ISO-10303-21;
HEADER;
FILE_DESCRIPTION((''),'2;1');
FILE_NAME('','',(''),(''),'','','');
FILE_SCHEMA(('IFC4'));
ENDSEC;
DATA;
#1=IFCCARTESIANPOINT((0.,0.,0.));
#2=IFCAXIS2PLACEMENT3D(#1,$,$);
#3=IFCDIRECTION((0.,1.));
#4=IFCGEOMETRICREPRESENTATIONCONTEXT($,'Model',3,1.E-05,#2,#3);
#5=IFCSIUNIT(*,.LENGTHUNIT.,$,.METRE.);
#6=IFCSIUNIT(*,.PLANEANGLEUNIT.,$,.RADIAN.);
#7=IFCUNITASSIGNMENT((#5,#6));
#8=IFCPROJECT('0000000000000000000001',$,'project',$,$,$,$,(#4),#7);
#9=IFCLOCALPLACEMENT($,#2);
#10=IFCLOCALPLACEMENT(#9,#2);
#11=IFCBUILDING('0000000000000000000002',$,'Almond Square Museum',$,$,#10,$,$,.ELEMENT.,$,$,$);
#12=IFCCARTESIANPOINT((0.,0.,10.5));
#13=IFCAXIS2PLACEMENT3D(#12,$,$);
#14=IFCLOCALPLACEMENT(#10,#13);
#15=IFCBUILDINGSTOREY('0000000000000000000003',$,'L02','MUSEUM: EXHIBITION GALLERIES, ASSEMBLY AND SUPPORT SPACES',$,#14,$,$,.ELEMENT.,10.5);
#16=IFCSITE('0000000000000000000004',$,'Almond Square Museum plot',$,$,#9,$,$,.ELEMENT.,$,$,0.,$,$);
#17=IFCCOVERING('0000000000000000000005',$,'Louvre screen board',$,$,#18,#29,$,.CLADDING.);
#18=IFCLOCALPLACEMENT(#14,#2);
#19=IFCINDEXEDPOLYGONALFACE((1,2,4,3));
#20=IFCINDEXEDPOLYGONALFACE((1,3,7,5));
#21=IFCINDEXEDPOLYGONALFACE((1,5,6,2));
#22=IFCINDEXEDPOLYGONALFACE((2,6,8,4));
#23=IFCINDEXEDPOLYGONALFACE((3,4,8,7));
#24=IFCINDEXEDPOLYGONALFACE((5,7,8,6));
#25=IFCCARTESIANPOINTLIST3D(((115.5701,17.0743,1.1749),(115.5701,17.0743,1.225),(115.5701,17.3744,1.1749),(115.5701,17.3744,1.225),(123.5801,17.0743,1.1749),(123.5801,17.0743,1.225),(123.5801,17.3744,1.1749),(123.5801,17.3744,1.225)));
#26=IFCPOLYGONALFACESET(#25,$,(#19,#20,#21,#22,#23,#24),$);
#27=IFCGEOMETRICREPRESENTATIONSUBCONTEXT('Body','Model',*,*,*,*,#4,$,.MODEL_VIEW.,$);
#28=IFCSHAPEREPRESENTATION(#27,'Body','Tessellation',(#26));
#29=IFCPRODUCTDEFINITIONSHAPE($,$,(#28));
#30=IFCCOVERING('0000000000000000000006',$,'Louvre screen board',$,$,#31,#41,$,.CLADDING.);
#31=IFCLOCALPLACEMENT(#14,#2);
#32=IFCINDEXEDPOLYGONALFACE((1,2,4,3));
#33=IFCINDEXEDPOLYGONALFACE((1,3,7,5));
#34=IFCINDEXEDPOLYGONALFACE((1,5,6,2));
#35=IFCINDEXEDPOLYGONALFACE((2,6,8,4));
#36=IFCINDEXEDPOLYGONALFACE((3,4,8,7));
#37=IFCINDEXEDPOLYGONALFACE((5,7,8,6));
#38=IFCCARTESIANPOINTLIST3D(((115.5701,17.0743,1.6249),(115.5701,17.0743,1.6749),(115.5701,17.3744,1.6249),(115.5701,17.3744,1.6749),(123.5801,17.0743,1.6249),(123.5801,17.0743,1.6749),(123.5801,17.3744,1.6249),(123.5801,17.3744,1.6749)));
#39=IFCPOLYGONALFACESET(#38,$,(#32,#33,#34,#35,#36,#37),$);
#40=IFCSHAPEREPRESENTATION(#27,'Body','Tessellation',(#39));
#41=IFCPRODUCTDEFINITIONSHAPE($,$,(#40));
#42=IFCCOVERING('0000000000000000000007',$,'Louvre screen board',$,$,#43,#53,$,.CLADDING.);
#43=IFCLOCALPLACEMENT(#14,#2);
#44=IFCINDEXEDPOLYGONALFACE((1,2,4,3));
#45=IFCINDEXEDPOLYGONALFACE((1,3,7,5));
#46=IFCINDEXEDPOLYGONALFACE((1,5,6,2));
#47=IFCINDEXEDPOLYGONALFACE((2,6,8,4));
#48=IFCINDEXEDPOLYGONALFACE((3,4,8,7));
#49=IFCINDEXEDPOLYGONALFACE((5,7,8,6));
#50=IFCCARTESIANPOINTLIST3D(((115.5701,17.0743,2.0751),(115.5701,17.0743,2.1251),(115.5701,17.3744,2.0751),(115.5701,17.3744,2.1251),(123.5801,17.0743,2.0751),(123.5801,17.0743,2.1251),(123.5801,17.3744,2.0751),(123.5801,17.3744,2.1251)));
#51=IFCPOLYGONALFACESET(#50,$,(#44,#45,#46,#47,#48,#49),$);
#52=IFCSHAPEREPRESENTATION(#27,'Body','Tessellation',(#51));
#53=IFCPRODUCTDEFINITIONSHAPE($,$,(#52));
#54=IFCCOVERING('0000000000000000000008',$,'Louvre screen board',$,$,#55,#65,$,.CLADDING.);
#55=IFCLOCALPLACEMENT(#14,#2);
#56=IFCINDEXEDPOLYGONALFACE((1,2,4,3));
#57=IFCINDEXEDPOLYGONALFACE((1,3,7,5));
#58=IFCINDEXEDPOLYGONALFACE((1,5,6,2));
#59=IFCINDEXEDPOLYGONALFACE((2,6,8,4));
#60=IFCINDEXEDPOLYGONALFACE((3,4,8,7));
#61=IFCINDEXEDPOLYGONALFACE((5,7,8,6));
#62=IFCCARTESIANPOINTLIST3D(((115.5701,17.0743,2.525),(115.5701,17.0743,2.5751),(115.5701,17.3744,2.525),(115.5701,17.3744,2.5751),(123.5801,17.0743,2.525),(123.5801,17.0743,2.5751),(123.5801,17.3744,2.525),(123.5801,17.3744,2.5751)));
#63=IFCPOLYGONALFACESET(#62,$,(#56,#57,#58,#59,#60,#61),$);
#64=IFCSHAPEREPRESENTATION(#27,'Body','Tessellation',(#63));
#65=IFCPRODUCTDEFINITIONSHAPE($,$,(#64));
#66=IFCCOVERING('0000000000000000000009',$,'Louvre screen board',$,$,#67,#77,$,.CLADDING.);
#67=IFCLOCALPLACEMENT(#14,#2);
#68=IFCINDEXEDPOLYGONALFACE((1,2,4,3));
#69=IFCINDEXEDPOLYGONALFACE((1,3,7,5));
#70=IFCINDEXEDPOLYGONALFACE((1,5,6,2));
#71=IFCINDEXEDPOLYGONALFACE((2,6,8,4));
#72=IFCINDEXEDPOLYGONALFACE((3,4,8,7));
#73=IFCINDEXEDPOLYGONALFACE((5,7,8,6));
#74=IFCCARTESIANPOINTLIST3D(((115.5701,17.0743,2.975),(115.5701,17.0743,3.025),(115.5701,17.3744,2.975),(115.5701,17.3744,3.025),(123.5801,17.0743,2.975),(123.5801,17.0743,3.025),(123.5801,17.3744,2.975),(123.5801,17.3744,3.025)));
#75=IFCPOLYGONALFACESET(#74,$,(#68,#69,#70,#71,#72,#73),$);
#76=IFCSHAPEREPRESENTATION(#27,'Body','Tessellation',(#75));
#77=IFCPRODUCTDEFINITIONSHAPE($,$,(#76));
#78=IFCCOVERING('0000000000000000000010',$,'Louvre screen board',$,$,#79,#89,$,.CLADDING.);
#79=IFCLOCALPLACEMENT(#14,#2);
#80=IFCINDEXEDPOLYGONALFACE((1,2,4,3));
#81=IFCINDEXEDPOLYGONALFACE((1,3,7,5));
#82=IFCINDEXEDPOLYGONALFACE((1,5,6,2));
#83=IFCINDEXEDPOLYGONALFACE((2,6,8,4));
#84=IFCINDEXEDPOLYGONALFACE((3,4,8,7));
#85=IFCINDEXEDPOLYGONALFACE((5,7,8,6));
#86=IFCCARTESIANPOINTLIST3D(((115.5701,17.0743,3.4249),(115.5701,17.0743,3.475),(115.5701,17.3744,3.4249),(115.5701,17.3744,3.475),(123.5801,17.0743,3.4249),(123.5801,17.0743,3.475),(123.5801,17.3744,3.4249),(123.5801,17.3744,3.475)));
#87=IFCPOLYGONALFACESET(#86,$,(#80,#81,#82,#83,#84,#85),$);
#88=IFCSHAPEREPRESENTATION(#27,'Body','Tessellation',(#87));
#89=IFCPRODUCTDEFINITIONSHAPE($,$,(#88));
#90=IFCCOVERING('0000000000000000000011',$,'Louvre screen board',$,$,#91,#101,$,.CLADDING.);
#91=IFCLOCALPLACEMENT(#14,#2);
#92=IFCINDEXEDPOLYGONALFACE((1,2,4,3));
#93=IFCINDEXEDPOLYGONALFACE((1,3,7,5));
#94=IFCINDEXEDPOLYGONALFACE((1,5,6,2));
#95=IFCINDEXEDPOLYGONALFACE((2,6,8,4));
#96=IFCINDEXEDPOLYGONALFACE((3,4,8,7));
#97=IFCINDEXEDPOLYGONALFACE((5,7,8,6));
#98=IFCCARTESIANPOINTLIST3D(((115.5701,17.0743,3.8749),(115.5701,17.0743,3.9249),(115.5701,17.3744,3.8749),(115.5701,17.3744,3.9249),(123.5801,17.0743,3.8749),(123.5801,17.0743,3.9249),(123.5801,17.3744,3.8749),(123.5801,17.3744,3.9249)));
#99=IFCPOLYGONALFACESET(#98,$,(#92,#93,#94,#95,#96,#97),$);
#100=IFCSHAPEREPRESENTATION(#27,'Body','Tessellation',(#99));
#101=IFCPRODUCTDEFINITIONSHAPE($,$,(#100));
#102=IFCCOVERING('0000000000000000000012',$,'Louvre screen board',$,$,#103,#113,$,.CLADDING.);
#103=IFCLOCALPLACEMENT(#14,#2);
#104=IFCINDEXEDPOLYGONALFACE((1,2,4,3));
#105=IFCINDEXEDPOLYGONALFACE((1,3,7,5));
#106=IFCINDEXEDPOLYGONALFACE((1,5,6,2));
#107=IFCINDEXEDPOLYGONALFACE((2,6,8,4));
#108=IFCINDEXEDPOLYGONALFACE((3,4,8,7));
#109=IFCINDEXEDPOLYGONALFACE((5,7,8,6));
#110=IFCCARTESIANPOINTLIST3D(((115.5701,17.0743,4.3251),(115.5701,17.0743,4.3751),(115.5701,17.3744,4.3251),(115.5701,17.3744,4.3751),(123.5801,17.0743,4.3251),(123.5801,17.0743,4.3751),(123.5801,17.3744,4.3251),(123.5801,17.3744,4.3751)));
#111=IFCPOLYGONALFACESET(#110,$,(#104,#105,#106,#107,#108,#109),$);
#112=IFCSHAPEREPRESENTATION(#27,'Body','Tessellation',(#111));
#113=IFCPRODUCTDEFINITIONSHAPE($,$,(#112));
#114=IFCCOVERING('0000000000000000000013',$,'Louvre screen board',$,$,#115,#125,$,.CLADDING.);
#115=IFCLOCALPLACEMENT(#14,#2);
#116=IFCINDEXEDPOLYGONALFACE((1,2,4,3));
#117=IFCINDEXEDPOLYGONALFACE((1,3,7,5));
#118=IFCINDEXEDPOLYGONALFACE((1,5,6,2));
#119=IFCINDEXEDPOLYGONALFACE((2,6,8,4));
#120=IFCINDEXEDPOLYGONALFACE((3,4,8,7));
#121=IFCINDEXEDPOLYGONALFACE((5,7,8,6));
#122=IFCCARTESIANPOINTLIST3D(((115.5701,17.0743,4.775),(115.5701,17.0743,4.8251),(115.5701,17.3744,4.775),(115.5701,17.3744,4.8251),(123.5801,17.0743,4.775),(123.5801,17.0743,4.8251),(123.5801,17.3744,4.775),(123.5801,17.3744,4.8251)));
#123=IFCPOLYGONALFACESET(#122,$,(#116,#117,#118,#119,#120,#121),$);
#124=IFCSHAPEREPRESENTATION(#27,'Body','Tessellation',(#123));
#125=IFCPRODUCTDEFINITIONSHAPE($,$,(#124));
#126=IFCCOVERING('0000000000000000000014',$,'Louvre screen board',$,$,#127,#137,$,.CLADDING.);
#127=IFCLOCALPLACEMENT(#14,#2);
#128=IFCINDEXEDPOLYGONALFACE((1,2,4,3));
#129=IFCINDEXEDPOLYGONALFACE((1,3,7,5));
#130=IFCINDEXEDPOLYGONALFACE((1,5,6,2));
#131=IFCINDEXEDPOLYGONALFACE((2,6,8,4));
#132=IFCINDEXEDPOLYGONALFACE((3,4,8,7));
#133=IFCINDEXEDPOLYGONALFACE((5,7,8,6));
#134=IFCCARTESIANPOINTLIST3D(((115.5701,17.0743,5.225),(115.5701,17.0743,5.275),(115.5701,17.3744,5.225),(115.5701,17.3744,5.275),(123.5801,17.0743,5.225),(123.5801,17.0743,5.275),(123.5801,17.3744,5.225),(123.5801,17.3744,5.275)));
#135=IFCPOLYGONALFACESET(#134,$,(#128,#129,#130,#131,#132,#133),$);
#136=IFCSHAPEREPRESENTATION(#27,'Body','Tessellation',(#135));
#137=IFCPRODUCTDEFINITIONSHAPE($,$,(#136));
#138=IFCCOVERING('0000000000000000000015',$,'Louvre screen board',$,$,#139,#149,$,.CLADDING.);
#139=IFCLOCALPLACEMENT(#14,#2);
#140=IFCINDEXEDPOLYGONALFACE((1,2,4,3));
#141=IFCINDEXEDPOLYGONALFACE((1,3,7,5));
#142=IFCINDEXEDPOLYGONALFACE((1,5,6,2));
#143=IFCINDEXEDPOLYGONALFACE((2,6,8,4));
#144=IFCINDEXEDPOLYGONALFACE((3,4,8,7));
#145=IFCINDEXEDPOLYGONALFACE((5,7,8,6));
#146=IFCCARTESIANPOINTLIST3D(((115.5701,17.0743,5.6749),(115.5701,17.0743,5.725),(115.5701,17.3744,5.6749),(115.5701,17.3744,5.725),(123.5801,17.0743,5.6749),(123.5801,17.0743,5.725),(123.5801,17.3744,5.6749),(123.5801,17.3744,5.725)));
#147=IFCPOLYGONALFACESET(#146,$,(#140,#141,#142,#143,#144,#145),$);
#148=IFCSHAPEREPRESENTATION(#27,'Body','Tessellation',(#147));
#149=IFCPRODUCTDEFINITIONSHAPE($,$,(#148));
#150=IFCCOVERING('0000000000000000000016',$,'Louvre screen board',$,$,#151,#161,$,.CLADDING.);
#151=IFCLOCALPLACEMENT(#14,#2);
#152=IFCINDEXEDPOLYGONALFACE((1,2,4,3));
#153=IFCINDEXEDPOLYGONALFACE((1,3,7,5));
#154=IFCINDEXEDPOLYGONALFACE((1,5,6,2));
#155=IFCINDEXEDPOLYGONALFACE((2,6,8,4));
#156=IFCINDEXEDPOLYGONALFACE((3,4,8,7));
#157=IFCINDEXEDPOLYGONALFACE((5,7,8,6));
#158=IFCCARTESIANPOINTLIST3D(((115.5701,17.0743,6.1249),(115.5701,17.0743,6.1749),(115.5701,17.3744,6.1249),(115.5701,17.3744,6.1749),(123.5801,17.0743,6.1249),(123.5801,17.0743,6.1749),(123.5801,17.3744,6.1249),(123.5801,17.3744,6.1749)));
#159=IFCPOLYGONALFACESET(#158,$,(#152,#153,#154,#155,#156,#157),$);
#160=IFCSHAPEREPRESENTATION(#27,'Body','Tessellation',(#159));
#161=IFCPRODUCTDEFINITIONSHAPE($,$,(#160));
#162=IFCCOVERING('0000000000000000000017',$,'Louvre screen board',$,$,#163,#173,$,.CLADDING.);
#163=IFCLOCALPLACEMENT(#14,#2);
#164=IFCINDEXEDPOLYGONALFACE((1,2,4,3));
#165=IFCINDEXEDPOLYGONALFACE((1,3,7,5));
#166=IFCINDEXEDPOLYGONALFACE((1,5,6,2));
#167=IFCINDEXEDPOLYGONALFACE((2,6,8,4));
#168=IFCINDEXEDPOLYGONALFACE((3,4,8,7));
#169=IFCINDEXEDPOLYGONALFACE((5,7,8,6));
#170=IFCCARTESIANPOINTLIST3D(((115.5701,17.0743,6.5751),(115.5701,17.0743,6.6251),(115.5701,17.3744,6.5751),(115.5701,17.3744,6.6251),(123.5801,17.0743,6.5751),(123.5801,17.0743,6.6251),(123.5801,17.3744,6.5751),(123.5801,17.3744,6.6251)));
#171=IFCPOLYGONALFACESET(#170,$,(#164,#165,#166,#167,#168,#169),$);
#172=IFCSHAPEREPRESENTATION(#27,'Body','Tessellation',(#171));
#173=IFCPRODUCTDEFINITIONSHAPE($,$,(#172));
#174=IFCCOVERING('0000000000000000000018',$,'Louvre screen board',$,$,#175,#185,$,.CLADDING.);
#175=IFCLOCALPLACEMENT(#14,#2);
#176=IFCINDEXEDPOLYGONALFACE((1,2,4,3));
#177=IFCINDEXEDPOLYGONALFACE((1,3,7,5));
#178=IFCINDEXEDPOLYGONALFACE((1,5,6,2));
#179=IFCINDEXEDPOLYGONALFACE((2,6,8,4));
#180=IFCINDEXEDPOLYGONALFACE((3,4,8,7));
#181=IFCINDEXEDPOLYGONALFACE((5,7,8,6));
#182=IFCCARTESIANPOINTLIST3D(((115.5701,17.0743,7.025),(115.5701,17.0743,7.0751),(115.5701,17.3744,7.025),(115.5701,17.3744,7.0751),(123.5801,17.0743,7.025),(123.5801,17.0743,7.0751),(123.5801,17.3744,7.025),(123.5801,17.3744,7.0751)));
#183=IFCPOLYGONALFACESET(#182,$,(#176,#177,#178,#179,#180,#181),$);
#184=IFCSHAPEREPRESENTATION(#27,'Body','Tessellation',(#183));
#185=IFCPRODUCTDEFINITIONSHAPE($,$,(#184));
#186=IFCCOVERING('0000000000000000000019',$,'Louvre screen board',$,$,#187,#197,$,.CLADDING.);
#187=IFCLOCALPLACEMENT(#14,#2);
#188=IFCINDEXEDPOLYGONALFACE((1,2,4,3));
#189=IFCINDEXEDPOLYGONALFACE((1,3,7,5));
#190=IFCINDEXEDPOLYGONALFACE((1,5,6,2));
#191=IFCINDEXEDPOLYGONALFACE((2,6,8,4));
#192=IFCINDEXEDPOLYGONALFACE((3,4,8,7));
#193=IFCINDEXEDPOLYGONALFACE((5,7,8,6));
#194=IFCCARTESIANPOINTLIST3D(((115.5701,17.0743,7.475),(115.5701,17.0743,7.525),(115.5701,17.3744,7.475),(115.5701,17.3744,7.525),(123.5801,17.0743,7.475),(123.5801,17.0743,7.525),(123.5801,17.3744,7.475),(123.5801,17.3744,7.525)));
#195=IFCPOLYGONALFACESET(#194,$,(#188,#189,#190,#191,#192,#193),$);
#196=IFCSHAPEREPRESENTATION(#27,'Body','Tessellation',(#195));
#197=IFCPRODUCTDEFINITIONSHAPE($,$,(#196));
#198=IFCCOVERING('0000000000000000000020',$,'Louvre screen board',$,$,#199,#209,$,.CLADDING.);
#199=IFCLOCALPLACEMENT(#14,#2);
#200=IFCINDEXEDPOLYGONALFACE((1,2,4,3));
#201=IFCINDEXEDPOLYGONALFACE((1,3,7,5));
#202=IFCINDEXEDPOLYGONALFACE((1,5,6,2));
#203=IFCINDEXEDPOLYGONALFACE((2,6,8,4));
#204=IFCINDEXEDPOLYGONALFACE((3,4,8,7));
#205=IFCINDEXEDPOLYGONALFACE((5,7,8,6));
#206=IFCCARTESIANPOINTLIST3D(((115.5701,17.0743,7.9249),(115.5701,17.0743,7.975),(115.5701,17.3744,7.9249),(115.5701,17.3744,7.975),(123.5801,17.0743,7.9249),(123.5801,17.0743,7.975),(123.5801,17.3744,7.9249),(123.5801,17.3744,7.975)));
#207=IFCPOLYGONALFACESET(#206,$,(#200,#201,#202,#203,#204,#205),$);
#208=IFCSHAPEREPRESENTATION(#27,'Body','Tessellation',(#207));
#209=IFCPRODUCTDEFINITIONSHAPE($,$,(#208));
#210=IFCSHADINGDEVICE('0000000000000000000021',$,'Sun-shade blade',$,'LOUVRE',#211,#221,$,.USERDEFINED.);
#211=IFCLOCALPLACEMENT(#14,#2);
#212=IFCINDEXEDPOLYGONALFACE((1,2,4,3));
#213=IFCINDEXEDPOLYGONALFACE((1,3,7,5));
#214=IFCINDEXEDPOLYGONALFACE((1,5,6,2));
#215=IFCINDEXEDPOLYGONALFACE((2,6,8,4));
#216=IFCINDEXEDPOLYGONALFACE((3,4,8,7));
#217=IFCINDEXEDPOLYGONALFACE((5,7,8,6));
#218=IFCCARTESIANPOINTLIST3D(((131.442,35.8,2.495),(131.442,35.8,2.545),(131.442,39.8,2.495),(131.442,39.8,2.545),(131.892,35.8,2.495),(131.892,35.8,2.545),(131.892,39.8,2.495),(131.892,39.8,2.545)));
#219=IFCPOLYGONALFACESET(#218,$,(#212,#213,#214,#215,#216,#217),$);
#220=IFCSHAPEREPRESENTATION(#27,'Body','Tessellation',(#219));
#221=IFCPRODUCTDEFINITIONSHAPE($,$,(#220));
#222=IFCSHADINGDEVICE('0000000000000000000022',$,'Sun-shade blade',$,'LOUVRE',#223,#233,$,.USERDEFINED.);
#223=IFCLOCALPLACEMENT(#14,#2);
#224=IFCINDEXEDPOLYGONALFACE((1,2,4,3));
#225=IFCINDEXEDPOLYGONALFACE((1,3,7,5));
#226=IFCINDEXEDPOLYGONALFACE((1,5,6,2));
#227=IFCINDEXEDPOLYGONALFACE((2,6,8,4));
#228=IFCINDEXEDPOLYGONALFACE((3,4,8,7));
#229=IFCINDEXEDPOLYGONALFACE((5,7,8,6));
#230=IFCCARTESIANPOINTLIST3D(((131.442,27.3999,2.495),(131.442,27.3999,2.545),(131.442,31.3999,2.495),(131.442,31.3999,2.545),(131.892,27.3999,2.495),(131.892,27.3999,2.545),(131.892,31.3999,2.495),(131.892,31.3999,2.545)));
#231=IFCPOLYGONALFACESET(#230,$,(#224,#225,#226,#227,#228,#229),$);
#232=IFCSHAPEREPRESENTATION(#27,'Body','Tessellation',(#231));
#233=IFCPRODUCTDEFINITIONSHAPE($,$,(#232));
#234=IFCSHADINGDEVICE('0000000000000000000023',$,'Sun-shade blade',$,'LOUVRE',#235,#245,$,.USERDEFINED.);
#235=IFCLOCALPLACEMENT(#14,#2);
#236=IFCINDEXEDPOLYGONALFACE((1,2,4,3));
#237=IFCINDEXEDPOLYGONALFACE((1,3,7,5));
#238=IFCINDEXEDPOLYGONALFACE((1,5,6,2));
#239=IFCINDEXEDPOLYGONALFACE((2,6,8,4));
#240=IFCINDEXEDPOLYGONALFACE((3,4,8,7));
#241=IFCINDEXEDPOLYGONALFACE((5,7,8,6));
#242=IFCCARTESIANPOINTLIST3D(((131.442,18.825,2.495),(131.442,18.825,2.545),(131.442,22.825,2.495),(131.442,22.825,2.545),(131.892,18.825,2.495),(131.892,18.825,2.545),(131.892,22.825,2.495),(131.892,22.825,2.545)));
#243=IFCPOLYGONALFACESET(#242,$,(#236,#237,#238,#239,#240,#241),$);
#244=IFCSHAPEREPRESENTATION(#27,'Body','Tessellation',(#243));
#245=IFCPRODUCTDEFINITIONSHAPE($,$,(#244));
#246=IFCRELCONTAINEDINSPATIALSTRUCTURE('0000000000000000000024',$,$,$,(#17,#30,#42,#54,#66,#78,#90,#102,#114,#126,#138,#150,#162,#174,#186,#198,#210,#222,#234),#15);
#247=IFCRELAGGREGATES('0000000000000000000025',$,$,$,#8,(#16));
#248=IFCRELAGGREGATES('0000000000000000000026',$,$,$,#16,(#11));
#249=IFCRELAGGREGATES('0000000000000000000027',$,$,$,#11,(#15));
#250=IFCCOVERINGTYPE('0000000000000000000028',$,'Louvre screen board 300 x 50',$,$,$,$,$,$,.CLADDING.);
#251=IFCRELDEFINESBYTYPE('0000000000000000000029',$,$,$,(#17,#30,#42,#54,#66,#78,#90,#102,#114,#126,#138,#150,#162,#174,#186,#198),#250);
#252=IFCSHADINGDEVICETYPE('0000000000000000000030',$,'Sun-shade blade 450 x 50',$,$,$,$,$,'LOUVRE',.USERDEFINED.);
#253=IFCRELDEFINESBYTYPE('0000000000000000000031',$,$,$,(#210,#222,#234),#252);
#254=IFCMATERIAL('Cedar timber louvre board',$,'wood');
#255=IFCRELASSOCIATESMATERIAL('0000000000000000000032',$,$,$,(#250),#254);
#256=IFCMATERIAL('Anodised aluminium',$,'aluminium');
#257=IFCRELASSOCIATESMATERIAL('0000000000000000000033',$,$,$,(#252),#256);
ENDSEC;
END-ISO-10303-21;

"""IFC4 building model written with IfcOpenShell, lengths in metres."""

from ifc_helpers import new_model, si_unit, direction, frame, origin, origin_2d, place, context, subcontext, project, spatial, rectangle, extrude, material, material_profile, profile_set, type_object, element, save


model = new_model("IFC4")

# Units and contexts
model_context = context("Model", 3, precision=1e-05, world=origin(), true_north=direction((0.0, 1.0)))
body_context = subcontext(model_context, "Body", "Model", "MODEL_VIEW")
ifc_project = project(units=[si_unit("LENGTHUNIT", "METRE"), si_unit("PLANEANGLEUNIT", "RADIAN")], contexts=[model_context])

# Site, building, storey
site_placement = place(None, origin())
site = spatial("IfcSite", under=ifc_project, at=site_placement, Name="Almond Square Museum plot", CompositionType="ELEMENT", RefElevation=0.0)
building_placement = place(site_placement, origin())
building = spatial("IfcBuilding", under=site, at=building_placement, Name="Almond Square Museum", CompositionType="ELEMENT")
storey_placement = place(building_placement, frame((0.0, 0.0, 10.5)))
storey = spatial("IfcBuildingStorey", under=building, at=storey_placement, Name="L02", Description="MUSEUM: EXHIBITION GALLERIES, ASSEMBLY AND SUPPORT SPACES", CompositionType="ELEMENT", Elevation=10.5)

# Coverings
ifc_material_1 = material(Name="Cedar timber louvre board", Category="wood")
ifc_material_profile_1 = material_profile(ifc_material_1, rectangle(XDim=0.3, YDim=0.05, at=origin_2d()))
ifc_profile_set_1 = profile_set([ifc_material_profile_1], Name="Cedar timber louvre board")
covering_type = type_object("IfcCoveringType", Name="Louvre screen board 300 x 50", PredefinedType="CLADDING", material=ifc_profile_set_1)
for number, where, z_axis, x_axis, name in (
    (1, (115.5701, 17.2244, 1.2), (1.0, 0.0, 0.0), (0.0, 1.0, 0.0), "Louvre screen board"),
    (2, (115.5701, 17.2244, 1.6499), (1.0, 0.0, 0.0), (0.0, 1.0, 0.0), "Louvre screen board"),
    (3, (115.5701, 17.2244, 2.1001), (1.0, 0.0, 0.0), (0.0, 1.0, 0.0), "Louvre screen board"),
    (4, (115.5701, 17.2244, 2.55), (1.0, 0.0, 0.0), (0.0, 1.0, 0.0), "Louvre screen board"),
    (5, (115.5701, 17.2244, 3.0), (1.0, 0.0, 0.0), (0.0, 1.0, 0.0), "Louvre screen board"),
    (6, (115.5701, 17.2244, 3.45), (1.0, 0.0, 0.0), (0.0, 1.0, 0.0), "Louvre screen board"),
    (7, (115.5701, 17.2244, 3.8999), (1.0, 0.0, 0.0), (0.0, 1.0, 0.0), "Louvre screen board"),
    (8, (115.5701, 17.2244, 4.3501), (1.0, 0.0, 0.0), (0.0, 1.0, 0.0), "Louvre screen board"),
    (9, (115.5701, 17.2244, 4.8), (1.0, 0.0, 0.0), (0.0, 1.0, 0.0), "Louvre screen board"),
    (10, (115.5701, 17.2244, 5.25), (1.0, 0.0, 0.0), (0.0, 1.0, 0.0), "Louvre screen board"),
    (11, (115.5701, 17.2244, 5.7), (1.0, 0.0, 0.0), (0.0, 1.0, 0.0), "Louvre screen board"),
    (12, (115.5701, 17.2244, 6.1499), (1.0, 0.0, 0.0), (0.0, 1.0, 0.0), "Louvre screen board"),
    (13, (115.5701, 17.2244, 6.6001), (1.0, 0.0, 0.0), (0.0, 1.0, 0.0), "Louvre screen board"),
    (14, (115.5701, 17.2244, 7.05), (1.0, 0.0, 0.0), (0.0, 1.0, 0.0), "Louvre screen board"),
    (15, (115.5701, 17.2244, 7.5), (1.0, 0.0, 0.0), (0.0, 1.0, 0.0), "Louvre screen board"),
    (16, (115.5701, 17.2244, 7.95), (1.0, 0.0, 0.0), (0.0, 1.0, 0.0), "Louvre screen board"),
):
    element("IfcCovering", number, at=place(storey_placement, frame(where, z_axis=z_axis, x_axis=x_axis)), inside=storey, type_object=covering_type, Name=name, PredefinedType="CLADDING", context=body_context, shape_type="SweptSolid", body=[
        extrude(rectangle(XDim=0.3, YDim=0.05, at=origin_2d()), origin(), (0.0, 0.0, 1.0), 8.01),
    ])

# Shading devices
ifc_material_2 = material(Name="Anodised aluminium", Category="aluminium")
ifc_material_profile_2 = material_profile(ifc_material_2, rectangle(XDim=0.45, YDim=0.05, at=origin_2d()))
ifc_profile_set_2 = profile_set([ifc_material_profile_2], Name="Anodised aluminium")
shading_device_type_1 = type_object("IfcShadingDeviceType", Name="Sun-shade blade 450 x 50", ElementType="LOUVRE", PredefinedType="USERDEFINED", material=ifc_profile_set_2)
for number, where, z_axis, x_axis, name in (
    (17, (131.667, 35.8, 2.52), (0.0, 1.0, 0.0), (-1.0, 0.0, 0.0), "Sun-shade blade"),
    (18, (131.667, 27.3999, 2.52), (0.0, 1.0, 0.0), (-1.0, 0.0, 0.0), "Sun-shade blade"),
    (19, (131.667, 18.825, 2.52), (0.0, 1.0, 0.0), (-1.0, 0.0, 0.0), "Sun-shade blade"),
):
    element("IfcShadingDevice", number, at=place(storey_placement, frame(where, z_axis=z_axis, x_axis=x_axis)), inside=storey, type_object=shading_device_type_1, Name=name, ObjectType="LOUVRE", PredefinedType="USERDEFINED", context=body_context, shape_type="SweptSolid", body=[
        extrude(rectangle(XDim=0.45, YDim=0.05, at=origin_2d()), origin(), (0.0, 0.0, 1.0), 4.0),
    ])

save(model, "model.ifc")
